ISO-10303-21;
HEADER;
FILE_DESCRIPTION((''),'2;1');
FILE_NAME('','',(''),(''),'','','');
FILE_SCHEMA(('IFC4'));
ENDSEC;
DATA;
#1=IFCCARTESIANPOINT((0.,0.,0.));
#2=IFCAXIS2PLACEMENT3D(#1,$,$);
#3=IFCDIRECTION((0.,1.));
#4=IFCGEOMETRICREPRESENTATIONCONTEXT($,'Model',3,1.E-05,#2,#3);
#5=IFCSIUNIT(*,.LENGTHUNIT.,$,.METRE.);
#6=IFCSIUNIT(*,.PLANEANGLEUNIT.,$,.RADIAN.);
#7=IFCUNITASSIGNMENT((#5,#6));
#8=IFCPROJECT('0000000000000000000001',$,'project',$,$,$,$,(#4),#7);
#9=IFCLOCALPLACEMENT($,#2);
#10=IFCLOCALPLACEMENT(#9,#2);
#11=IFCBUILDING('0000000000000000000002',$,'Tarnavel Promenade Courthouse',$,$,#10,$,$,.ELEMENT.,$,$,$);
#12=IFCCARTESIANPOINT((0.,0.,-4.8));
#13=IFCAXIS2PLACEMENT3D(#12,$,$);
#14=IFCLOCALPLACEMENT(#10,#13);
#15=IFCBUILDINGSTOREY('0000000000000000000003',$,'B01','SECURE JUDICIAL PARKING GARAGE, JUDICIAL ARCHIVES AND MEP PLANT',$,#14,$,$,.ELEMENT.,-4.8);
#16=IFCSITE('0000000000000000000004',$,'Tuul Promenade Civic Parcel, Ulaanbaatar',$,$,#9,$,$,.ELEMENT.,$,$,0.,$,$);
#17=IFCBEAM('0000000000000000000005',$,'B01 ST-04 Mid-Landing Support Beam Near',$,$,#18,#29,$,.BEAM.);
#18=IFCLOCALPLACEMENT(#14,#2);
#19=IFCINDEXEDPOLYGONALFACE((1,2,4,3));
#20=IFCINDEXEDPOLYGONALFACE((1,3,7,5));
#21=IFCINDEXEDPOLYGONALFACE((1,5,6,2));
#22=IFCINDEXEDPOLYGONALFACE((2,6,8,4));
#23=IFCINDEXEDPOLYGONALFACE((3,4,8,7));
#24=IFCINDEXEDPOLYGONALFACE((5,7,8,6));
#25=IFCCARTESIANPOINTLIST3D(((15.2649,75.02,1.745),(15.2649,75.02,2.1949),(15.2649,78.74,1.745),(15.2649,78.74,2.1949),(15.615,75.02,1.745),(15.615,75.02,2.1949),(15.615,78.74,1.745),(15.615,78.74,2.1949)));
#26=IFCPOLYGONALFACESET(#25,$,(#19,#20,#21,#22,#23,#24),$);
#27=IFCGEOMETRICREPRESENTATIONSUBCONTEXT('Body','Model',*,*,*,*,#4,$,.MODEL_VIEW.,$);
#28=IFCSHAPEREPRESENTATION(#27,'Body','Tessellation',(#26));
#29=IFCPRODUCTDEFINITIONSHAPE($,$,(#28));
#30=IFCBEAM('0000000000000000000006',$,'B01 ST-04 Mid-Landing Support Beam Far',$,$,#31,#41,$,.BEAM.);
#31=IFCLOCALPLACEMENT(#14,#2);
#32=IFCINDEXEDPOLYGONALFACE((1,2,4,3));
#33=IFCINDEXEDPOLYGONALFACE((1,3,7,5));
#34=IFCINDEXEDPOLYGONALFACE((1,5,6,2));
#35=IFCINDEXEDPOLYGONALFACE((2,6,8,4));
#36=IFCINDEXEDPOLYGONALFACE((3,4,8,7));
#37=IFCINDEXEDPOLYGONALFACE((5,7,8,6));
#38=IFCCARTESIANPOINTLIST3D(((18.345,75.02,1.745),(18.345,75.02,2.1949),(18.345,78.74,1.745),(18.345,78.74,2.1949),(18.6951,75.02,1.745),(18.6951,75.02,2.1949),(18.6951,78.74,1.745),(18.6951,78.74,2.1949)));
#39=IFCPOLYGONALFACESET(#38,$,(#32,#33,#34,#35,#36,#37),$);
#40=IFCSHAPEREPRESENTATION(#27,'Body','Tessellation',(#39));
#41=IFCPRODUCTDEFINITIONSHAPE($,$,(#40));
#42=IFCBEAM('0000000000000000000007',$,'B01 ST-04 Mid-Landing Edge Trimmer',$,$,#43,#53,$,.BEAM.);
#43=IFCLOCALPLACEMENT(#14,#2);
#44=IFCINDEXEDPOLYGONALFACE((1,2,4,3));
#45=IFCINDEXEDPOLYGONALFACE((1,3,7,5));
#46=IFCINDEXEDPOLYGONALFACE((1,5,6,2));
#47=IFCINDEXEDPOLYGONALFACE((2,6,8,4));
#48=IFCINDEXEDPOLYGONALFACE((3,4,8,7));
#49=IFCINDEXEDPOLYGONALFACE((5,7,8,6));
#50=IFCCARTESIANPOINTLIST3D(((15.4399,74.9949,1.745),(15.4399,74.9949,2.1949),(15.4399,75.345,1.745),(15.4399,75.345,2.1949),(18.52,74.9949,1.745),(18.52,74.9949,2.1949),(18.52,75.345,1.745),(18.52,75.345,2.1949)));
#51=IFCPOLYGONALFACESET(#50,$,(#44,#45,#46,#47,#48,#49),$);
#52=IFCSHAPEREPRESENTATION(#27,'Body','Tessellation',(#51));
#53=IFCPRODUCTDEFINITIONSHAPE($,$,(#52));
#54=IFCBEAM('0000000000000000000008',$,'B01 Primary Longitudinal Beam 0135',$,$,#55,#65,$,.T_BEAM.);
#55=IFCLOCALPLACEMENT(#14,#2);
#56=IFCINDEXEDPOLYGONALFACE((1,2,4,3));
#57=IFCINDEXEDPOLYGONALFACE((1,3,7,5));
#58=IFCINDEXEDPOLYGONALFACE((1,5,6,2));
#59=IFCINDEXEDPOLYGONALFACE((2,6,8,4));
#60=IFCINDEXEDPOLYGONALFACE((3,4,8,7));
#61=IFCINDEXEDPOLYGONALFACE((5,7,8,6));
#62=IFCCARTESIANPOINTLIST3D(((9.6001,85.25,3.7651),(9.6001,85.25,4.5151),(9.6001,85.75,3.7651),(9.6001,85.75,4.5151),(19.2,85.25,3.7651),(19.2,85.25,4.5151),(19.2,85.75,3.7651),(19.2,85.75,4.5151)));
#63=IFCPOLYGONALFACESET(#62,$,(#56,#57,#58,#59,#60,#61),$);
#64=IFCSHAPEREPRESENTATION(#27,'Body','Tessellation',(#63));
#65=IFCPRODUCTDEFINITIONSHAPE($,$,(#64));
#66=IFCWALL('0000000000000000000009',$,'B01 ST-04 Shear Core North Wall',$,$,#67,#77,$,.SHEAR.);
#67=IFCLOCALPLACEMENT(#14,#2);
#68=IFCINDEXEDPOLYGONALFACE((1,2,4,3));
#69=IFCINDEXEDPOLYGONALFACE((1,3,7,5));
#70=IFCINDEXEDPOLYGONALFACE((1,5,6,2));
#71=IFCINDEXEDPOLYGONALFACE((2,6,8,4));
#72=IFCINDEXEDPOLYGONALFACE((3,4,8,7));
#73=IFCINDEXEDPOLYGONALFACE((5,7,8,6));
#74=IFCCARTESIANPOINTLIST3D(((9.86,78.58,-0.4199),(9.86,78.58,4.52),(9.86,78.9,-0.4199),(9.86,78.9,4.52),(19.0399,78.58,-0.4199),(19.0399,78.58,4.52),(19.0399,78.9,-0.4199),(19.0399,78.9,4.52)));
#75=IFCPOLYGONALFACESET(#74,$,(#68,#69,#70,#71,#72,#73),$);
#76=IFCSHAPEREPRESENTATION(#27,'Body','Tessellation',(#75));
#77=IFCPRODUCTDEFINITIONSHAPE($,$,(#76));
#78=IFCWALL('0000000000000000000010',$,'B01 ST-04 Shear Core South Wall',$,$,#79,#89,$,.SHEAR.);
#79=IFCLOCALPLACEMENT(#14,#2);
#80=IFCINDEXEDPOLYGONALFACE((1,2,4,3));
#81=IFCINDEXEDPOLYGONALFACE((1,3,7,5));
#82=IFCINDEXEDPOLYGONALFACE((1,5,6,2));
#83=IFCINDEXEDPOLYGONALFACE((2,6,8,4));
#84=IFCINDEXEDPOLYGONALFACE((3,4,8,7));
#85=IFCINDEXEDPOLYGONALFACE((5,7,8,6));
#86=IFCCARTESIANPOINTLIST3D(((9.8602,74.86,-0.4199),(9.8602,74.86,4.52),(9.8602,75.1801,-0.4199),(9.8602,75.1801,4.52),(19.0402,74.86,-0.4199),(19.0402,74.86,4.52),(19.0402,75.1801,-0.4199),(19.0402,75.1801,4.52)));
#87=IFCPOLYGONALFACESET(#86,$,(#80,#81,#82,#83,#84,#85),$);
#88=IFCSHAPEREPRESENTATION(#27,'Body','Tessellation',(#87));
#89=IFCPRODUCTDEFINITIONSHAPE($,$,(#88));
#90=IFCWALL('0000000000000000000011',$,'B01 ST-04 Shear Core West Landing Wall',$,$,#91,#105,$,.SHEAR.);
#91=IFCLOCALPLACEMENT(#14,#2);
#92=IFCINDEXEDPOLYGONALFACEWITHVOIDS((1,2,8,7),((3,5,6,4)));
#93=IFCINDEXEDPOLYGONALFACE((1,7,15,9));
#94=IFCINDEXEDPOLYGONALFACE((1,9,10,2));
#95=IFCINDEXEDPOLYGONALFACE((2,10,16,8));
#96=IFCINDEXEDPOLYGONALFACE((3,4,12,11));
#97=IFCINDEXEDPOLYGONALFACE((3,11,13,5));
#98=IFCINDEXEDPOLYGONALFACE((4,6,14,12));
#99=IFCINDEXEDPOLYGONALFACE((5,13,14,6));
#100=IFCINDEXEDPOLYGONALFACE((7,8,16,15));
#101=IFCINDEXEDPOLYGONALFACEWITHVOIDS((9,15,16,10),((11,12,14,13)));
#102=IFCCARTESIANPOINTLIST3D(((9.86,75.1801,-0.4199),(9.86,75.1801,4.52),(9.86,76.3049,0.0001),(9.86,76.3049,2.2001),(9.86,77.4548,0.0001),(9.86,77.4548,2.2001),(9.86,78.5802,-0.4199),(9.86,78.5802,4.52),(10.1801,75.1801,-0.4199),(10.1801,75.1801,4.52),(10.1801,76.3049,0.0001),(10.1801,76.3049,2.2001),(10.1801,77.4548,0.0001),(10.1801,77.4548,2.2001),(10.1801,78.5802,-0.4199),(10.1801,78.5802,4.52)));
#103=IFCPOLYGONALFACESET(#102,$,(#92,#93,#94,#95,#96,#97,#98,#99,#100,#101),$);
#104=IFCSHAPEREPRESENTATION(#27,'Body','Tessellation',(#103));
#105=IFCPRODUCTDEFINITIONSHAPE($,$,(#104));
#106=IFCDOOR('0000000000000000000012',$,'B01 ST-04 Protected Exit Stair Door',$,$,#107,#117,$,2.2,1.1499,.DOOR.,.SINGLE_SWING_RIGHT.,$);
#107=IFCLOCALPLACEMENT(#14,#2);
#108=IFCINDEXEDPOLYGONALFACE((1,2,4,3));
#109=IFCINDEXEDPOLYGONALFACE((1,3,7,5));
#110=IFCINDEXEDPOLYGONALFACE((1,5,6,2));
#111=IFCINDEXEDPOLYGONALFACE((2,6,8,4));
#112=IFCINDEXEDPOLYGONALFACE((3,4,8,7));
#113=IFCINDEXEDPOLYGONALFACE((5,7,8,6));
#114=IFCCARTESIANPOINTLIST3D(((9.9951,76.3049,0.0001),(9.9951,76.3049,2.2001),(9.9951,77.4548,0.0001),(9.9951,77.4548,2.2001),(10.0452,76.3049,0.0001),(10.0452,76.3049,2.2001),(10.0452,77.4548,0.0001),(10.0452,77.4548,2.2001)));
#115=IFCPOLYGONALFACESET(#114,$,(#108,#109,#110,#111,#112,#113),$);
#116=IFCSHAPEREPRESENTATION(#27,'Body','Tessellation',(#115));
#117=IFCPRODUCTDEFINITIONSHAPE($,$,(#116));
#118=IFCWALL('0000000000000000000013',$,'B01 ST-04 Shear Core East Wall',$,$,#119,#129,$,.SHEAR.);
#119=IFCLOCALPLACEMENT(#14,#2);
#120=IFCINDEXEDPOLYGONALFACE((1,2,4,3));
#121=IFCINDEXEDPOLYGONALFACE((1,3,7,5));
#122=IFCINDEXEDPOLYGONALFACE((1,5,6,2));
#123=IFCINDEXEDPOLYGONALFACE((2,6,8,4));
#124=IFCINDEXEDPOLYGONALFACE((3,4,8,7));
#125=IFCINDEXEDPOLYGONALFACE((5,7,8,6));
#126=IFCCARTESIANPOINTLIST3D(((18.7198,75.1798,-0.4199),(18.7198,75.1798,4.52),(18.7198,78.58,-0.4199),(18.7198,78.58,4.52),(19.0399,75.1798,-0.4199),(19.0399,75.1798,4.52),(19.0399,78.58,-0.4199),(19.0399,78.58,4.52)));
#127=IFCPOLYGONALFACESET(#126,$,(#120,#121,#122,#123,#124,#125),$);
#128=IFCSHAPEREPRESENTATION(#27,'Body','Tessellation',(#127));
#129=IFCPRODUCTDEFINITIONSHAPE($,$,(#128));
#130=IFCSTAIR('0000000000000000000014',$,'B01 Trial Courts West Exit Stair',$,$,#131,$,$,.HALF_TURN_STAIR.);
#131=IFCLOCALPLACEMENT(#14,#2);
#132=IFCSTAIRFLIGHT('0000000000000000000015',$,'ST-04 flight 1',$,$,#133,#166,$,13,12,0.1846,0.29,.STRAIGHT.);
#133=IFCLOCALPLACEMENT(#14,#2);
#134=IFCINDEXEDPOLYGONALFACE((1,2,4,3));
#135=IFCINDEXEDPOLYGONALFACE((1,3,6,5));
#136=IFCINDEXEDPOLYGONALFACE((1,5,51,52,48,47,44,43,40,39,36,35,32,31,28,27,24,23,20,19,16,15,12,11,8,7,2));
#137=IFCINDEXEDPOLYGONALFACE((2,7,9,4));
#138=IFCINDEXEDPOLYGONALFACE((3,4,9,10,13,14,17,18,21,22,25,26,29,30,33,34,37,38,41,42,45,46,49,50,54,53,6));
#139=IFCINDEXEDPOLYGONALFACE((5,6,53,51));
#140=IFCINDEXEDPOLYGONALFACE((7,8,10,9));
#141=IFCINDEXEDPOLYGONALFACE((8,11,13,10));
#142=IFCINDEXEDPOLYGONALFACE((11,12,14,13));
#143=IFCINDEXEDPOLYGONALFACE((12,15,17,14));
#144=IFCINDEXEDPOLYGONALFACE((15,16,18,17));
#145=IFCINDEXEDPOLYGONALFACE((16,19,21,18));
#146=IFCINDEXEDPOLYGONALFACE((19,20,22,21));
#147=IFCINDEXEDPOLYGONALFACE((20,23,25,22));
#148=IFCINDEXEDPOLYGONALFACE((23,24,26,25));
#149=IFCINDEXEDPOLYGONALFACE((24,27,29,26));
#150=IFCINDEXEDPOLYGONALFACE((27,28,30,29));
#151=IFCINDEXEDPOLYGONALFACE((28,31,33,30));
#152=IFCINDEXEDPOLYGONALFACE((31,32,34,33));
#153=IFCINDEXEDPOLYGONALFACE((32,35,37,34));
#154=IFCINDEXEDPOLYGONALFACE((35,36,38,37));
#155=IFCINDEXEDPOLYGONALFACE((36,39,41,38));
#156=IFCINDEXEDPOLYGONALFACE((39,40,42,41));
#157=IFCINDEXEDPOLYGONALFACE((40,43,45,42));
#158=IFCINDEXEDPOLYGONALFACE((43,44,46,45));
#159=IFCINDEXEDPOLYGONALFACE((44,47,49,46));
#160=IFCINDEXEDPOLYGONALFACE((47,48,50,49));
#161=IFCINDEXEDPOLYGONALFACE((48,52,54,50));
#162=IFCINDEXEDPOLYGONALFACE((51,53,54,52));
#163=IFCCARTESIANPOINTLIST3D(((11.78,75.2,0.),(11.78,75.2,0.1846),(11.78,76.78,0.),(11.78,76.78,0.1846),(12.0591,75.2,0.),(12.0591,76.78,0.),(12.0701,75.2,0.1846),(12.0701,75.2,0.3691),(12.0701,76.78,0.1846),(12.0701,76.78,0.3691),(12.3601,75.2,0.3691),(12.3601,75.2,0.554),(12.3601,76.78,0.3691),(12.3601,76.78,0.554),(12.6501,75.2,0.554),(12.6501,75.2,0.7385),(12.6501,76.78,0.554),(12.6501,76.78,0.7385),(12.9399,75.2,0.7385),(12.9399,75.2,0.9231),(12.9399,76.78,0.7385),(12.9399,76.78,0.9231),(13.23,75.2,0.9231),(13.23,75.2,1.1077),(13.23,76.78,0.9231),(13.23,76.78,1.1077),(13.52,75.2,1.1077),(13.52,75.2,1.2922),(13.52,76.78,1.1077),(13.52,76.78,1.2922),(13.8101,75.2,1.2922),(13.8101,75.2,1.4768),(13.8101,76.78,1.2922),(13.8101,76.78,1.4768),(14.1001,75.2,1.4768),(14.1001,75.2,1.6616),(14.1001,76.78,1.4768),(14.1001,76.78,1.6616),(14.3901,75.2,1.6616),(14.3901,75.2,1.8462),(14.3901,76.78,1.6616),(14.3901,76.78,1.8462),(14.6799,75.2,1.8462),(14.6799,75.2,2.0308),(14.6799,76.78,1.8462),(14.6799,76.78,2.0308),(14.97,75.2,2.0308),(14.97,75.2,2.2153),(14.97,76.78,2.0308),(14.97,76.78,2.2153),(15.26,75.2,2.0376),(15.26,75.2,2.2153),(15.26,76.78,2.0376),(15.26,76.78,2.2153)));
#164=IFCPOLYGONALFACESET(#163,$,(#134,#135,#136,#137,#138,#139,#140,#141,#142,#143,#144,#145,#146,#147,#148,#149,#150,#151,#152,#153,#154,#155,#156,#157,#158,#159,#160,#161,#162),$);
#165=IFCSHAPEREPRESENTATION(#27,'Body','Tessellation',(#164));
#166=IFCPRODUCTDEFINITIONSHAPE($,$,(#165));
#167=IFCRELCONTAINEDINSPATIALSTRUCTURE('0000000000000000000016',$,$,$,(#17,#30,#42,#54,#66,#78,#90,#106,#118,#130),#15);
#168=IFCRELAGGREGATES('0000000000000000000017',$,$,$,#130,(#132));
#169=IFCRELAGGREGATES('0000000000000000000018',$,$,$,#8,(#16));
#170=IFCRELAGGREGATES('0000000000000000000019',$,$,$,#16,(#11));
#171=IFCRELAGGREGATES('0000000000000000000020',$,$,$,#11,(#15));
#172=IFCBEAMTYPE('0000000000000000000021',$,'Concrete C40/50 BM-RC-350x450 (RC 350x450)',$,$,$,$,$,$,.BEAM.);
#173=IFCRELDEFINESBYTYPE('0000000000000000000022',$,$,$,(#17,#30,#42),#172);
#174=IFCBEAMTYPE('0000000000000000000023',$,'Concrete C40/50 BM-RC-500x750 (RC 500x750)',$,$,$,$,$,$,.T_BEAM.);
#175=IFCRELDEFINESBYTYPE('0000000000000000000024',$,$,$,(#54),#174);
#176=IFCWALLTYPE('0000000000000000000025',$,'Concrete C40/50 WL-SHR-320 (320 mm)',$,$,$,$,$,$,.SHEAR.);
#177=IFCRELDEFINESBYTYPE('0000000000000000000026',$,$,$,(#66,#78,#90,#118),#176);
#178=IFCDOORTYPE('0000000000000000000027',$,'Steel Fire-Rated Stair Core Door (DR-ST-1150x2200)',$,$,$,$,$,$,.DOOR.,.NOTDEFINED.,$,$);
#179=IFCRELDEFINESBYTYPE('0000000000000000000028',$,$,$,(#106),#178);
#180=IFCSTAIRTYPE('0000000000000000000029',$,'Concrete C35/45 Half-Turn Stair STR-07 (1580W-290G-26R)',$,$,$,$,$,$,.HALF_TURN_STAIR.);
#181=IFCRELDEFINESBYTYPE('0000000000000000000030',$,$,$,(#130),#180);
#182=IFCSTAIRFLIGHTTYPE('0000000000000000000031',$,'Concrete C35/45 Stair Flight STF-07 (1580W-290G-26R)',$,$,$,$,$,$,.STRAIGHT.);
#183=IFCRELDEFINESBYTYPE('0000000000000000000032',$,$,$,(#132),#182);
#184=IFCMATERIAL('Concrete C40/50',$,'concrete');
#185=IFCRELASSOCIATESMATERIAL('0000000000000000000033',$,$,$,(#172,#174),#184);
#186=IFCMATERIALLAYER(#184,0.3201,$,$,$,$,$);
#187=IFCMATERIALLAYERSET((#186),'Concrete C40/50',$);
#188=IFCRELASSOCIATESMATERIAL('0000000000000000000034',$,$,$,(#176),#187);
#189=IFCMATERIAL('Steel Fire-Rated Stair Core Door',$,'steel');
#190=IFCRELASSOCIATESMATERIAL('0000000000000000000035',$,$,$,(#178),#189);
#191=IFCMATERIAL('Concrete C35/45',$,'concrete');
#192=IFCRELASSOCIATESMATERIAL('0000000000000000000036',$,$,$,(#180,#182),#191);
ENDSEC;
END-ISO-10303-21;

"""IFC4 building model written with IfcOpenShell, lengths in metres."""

from ifc_helpers import new_model, si_unit, direction, frame, frame_2d, origin, origin_2d, place, context, subcontext, project, spatial, polyline, rectangle, outline, extrude, material, layer, layer_set, material_profile, profile_set, type_object, element, fill, aggregate, save


model = new_model("IFC4")

# Units and contexts
model_context = context("Model", 3, precision=1e-05, world=origin(), true_north=direction((0.0, 1.0)))
body_context = subcontext(model_context, "Body", "Model", "MODEL_VIEW")
ifc_project = project(units=[si_unit("LENGTHUNIT", "METRE"), si_unit("PLANEANGLEUNIT", "RADIAN")], contexts=[model_context])

# Site, building, storey
site_placement = place(None, origin())
site = spatial("IfcSite", under=ifc_project, at=site_placement, Name="Tuul Promenade Civic Parcel, Ulaanbaatar", CompositionType="ELEMENT", RefElevation=0.0)
building_placement = place(site_placement, origin())
building = spatial("IfcBuilding", under=site, at=building_placement, Name="Tarnavel Promenade Courthouse", CompositionType="ELEMENT")
storey_placement = place(building_placement, frame((0.0, 0.0, -4.8)))
storey = spatial("IfcBuildingStorey", under=building, at=storey_placement, Name="B01", Description="SECURE JUDICIAL PARKING GARAGE, JUDICIAL ARCHIVES AND MEP PLANT", CompositionType="ELEMENT", Elevation=-4.8)

# Shared definitions
ifc_material_1 = material(Name="Concrete C35/45", Category="concrete")

# Shared definitions
ifc_material_2 = material(Name="Concrete C40/50", Category="concrete")

# Beams
ifc_material_profile_1 = material_profile(ifc_material_2, rectangle(XDim=0.3501, YDim=0.45, at=origin_2d()), Name="RC 350x450")
ifc_profile_set_1 = profile_set([ifc_material_profile_1], Name="Concrete C40/50")
beam_type_1 = type_object("IfcBeamType", Name="Concrete C40/50 BM-RC-350x450 (RC 350x450)", PredefinedType="BEAM", material=ifc_profile_set_1)
for number, where, z_axis, x_axis, name in (
    (1, (15.4399, 75.02, 1.97), (0.0, 1.0, 0.0), (-1.0, 0.0, 0.0), "B01 ST-04 Mid-Landing Support Beam Near"),
    (2, (18.52, 75.02, 1.97), (0.0, 1.0, 0.0), (-1.0, 0.0, 0.0), "B01 ST-04 Mid-Landing Support Beam Far"),
):
    element("IfcBeam", number, at=place(storey_placement, frame(where, z_axis=z_axis, x_axis=x_axis)), inside=storey, type_object=beam_type_1, Name=name, PredefinedType="BEAM", context=body_context, shape_type="SweptSolid", body=[
        extrude(rectangle(XDim=0.3501, YDim=0.45, at=origin_2d()), origin(), (0.0, 0.0, 1.0), 3.72),
    ])
beam_1_placement = place(storey_placement, frame((15.4399, 75.1699, 1.97), z_axis=(1.0, 0.0, 0.0), x_axis=(0.0, 1.0, 0.0)))
element("IfcBeam", 3, at=beam_1_placement, inside=storey, type_object=beam_type_1, Name="B01 ST-04 Mid-Landing Edge Trimmer", PredefinedType="BEAM", context=body_context, shape_type="SweptSolid", body=[
    extrude(rectangle(XDim=0.3501, YDim=0.45, at=origin_2d()), origin(), (0.0, 0.0, 1.0), 3.0801),
])
ifc_material_profile_2 = material_profile(ifc_material_2, rectangle(XDim=0.5, YDim=0.75, at=origin_2d()), Name="RC 500x750")
ifc_profile_set_2 = profile_set([ifc_material_profile_2], Name="Concrete C40/50")
beam_type_2 = type_object("IfcBeamType", Name="Concrete C40/50 BM-RC-500x750 (RC 500x750)", PredefinedType="T_BEAM", material=ifc_profile_set_2)
beam_2_placement = place(storey_placement, frame((9.6001, 85.5, 4.1401), z_axis=(1.0, 0.0, 0.0), x_axis=(0.0, 1.0, 0.0)))
element("IfcBeam", 4, at=beam_2_placement, inside=storey, type_object=beam_type_2, Name="B01 Primary Longitudinal Beam 0135", PredefinedType="T_BEAM", context=body_context, shape_type="SweptSolid", body=[
    extrude(rectangle(XDim=0.5, YDim=0.75, at=origin_2d()), origin(), (0.0, 0.0, 1.0), 9.5999),
])

# Walls
ifc_layer = layer(ifc_material_2, 0.3201)
ifc_layer_set = layer_set([ifc_layer], Name="Concrete C40/50")
wall_type = type_object("IfcWallType", Name="Concrete C40/50 WL-SHR-320 (320 mm)", PredefinedType="SHEAR", material=ifc_layer_set)
for number, where, z_axis, x_axis, name in (
    (5, (9.8601, 78.74, -0.4199), (0.0, 0.0, 1.0), (1.0, 0.0, 0.0), "B01 ST-04 Shear Core North Wall"),
    (6, (19.04, 75.02, -0.4199), (0.0, 0.0, 1.0), (-1.0, 0.0, 0.0), "B01 ST-04 Shear Core South Wall"),
):
    element("IfcWall", number, at=place(storey_placement, frame(where, z_axis=z_axis, x_axis=x_axis)), inside=storey, type_object=wall_type, Name=name, PredefinedType="SHEAR", context=body_context, shape_type="SweptSolid", body=[
        extrude(rectangle(XDim=9.1799, YDim=0.3201, at=frame_2d((4.5898, 0.0))), origin(), (0.0, 0.0, 1.0), 4.9399),
    ])

# Wall, opening, door
wall_1_placement = place(storey_placement, frame((10.02, 75.1799, -0.4199), z_axis=(0.0, 0.0, 1.0), x_axis=(0.0, 1.0, 0.0)))
wall_1 = element("IfcWall", 7, at=wall_1_placement, inside=storey, type_object=wall_type, Name="B01 ST-04 Shear Core West Landing Wall", PredefinedType="SHEAR", context=body_context, shape_type="SweptSolid", body=[
    extrude(rectangle(XDim=3.4001, YDim=0.3201, at=frame_2d((1.7002, 0.0))), origin(), (0.0, 0.0, 1.0), 4.9399),
])
opening_placement = place(wall_1_placement, frame((1.125, 0.0, 0.4199)))
opening = element("IfcOpeningElement", 8, at=opening_placement, cuts=wall_1, PredefinedType="OPENING", context=body_context, shape_type="SweptSolid", body=[
    extrude(rectangle(XDim=1.1499, YDim=2.2, at=frame_2d((0.575, 1.1001))), frame((0.0, 0.1699, 0.0), z_axis=(0.0, -1.0, 0.0), x_axis=(1.0, 0.0, 0.0)), (0.0, 0.0, 1.0), 0.3401),
])
ifc_material_3 = material(Name="Steel Fire-Rated Stair Core Door", Category="steel")
door_type = type_object("IfcDoorType", Name="Steel Fire-Rated Stair Core Door (DR-ST-1150x2200)", OperationType="NOTDEFINED", PredefinedType="DOOR", material=ifc_material_3)
door_placement = place(opening_placement, origin())
door = element("IfcDoor", 9, at=door_placement, inside=storey, type_object=door_type, Name="B01 ST-04 Protected Exit Stair Door", OperationType="SINGLE_SWING_RIGHT", OverallHeight=2.2, OverallWidth=1.1499, PredefinedType="DOOR", context=body_context, shape_type="SweptSolid", body=[
    extrude(rectangle(XDim=1.1499, YDim=2.2, at=frame_2d((0.575, 1.1001))), frame((0.0, 0.0249, 0.0), z_axis=(0.0, -1.0, 0.0), x_axis=(1.0, 0.0, 0.0)), (0.0, 0.0, 1.0), 0.05),
])
fill(opening, door)

# Wall
wall_2_placement = place(storey_placement, frame((18.8799, 78.5801, -0.4199), z_axis=(0.0, 0.0, 1.0), x_axis=(0.0, -1.0, 0.0)))
element("IfcWall", 10, at=wall_2_placement, inside=storey, type_object=wall_type, Name="B01 ST-04 Shear Core East Wall", PredefinedType="SHEAR", context=body_context, shape_type="SweptSolid", body=[
    extrude(rectangle(XDim=3.4001, YDim=0.3201, at=frame_2d((1.7002, 0.0))), origin(), (0.0, 0.0, 1.0), 4.9399),
])

# Stair, stair flight
stair_type = type_object("IfcStairType", Name="Concrete C35/45 Half-Turn Stair STR-07 (1580W-290G-26R)", PredefinedType="HALF_TURN_STAIR", material=ifc_material_1)
stair_placement = place(storey_placement, origin())
stair = element("IfcStair", 11, at=stair_placement, inside=storey, type_object=stair_type, Name="B01 Trial Courts West Exit Stair", PredefinedType="HALF_TURN_STAIR")
stair_flight_type = type_object("IfcStairFlightType", Name="Concrete C35/45 Stair Flight STF-07 (1580W-290G-26R)", PredefinedType="STRAIGHT", material=ifc_material_1)
stair_flight_1_placement = place(storey_placement, frame((11.78, 75.99, 0.0), z_axis=(0.0, 0.0, 1.0), x_axis=(1.0, 0.0, 0.0)))
stair_flight_1 = element("IfcStairFlight", 12, at=stair_flight_1_placement, type_object=stair_flight_type, Name="ST-04 flight 1", NumberOfRisers=13, NumberOfTreads=12, PredefinedType="STRAIGHT", RiserHeight=0.1846, TreadLength=0.29, context=body_context, shape_type="SweptSolid", body=[
    extrude(outline(polyline([(0.0, 0.0), (0.0, 0.1846), (0.29, 0.1846), (0.29, 0.3691), (0.5801, 0.3691), (0.5801, 0.554), (0.8701, 0.554), (0.8701, 0.7385), (1.1599, 0.7385), (1.1599, 0.9231), (1.45, 0.9231), (1.45, 1.1077), (1.74, 1.1077), (1.74, 1.2922), (2.03, 1.2922), (2.03, 1.4768), (2.3201, 1.4768), (2.3201, 1.6616), (2.6101, 1.6616), (2.6101, 1.8462), (2.8999, 1.8462), (2.8999, 2.0308), (3.1899, 2.0308), (3.1899, 2.2153), (3.48, 2.2153), (3.48, 2.3999), (3.48, 2.0376), (0.2791, 0.0), (0.0, 0.0)])), frame((0.0, 0.79, 0.0), z_axis=(0.0, -1.0, 0.0), x_axis=(1.0, 0.0, 0.0)), (0.0, 0.0, 1.0), 1.5801),
])
aggregate(stair, [stair_flight_1])

save(model, "model.ifc")
